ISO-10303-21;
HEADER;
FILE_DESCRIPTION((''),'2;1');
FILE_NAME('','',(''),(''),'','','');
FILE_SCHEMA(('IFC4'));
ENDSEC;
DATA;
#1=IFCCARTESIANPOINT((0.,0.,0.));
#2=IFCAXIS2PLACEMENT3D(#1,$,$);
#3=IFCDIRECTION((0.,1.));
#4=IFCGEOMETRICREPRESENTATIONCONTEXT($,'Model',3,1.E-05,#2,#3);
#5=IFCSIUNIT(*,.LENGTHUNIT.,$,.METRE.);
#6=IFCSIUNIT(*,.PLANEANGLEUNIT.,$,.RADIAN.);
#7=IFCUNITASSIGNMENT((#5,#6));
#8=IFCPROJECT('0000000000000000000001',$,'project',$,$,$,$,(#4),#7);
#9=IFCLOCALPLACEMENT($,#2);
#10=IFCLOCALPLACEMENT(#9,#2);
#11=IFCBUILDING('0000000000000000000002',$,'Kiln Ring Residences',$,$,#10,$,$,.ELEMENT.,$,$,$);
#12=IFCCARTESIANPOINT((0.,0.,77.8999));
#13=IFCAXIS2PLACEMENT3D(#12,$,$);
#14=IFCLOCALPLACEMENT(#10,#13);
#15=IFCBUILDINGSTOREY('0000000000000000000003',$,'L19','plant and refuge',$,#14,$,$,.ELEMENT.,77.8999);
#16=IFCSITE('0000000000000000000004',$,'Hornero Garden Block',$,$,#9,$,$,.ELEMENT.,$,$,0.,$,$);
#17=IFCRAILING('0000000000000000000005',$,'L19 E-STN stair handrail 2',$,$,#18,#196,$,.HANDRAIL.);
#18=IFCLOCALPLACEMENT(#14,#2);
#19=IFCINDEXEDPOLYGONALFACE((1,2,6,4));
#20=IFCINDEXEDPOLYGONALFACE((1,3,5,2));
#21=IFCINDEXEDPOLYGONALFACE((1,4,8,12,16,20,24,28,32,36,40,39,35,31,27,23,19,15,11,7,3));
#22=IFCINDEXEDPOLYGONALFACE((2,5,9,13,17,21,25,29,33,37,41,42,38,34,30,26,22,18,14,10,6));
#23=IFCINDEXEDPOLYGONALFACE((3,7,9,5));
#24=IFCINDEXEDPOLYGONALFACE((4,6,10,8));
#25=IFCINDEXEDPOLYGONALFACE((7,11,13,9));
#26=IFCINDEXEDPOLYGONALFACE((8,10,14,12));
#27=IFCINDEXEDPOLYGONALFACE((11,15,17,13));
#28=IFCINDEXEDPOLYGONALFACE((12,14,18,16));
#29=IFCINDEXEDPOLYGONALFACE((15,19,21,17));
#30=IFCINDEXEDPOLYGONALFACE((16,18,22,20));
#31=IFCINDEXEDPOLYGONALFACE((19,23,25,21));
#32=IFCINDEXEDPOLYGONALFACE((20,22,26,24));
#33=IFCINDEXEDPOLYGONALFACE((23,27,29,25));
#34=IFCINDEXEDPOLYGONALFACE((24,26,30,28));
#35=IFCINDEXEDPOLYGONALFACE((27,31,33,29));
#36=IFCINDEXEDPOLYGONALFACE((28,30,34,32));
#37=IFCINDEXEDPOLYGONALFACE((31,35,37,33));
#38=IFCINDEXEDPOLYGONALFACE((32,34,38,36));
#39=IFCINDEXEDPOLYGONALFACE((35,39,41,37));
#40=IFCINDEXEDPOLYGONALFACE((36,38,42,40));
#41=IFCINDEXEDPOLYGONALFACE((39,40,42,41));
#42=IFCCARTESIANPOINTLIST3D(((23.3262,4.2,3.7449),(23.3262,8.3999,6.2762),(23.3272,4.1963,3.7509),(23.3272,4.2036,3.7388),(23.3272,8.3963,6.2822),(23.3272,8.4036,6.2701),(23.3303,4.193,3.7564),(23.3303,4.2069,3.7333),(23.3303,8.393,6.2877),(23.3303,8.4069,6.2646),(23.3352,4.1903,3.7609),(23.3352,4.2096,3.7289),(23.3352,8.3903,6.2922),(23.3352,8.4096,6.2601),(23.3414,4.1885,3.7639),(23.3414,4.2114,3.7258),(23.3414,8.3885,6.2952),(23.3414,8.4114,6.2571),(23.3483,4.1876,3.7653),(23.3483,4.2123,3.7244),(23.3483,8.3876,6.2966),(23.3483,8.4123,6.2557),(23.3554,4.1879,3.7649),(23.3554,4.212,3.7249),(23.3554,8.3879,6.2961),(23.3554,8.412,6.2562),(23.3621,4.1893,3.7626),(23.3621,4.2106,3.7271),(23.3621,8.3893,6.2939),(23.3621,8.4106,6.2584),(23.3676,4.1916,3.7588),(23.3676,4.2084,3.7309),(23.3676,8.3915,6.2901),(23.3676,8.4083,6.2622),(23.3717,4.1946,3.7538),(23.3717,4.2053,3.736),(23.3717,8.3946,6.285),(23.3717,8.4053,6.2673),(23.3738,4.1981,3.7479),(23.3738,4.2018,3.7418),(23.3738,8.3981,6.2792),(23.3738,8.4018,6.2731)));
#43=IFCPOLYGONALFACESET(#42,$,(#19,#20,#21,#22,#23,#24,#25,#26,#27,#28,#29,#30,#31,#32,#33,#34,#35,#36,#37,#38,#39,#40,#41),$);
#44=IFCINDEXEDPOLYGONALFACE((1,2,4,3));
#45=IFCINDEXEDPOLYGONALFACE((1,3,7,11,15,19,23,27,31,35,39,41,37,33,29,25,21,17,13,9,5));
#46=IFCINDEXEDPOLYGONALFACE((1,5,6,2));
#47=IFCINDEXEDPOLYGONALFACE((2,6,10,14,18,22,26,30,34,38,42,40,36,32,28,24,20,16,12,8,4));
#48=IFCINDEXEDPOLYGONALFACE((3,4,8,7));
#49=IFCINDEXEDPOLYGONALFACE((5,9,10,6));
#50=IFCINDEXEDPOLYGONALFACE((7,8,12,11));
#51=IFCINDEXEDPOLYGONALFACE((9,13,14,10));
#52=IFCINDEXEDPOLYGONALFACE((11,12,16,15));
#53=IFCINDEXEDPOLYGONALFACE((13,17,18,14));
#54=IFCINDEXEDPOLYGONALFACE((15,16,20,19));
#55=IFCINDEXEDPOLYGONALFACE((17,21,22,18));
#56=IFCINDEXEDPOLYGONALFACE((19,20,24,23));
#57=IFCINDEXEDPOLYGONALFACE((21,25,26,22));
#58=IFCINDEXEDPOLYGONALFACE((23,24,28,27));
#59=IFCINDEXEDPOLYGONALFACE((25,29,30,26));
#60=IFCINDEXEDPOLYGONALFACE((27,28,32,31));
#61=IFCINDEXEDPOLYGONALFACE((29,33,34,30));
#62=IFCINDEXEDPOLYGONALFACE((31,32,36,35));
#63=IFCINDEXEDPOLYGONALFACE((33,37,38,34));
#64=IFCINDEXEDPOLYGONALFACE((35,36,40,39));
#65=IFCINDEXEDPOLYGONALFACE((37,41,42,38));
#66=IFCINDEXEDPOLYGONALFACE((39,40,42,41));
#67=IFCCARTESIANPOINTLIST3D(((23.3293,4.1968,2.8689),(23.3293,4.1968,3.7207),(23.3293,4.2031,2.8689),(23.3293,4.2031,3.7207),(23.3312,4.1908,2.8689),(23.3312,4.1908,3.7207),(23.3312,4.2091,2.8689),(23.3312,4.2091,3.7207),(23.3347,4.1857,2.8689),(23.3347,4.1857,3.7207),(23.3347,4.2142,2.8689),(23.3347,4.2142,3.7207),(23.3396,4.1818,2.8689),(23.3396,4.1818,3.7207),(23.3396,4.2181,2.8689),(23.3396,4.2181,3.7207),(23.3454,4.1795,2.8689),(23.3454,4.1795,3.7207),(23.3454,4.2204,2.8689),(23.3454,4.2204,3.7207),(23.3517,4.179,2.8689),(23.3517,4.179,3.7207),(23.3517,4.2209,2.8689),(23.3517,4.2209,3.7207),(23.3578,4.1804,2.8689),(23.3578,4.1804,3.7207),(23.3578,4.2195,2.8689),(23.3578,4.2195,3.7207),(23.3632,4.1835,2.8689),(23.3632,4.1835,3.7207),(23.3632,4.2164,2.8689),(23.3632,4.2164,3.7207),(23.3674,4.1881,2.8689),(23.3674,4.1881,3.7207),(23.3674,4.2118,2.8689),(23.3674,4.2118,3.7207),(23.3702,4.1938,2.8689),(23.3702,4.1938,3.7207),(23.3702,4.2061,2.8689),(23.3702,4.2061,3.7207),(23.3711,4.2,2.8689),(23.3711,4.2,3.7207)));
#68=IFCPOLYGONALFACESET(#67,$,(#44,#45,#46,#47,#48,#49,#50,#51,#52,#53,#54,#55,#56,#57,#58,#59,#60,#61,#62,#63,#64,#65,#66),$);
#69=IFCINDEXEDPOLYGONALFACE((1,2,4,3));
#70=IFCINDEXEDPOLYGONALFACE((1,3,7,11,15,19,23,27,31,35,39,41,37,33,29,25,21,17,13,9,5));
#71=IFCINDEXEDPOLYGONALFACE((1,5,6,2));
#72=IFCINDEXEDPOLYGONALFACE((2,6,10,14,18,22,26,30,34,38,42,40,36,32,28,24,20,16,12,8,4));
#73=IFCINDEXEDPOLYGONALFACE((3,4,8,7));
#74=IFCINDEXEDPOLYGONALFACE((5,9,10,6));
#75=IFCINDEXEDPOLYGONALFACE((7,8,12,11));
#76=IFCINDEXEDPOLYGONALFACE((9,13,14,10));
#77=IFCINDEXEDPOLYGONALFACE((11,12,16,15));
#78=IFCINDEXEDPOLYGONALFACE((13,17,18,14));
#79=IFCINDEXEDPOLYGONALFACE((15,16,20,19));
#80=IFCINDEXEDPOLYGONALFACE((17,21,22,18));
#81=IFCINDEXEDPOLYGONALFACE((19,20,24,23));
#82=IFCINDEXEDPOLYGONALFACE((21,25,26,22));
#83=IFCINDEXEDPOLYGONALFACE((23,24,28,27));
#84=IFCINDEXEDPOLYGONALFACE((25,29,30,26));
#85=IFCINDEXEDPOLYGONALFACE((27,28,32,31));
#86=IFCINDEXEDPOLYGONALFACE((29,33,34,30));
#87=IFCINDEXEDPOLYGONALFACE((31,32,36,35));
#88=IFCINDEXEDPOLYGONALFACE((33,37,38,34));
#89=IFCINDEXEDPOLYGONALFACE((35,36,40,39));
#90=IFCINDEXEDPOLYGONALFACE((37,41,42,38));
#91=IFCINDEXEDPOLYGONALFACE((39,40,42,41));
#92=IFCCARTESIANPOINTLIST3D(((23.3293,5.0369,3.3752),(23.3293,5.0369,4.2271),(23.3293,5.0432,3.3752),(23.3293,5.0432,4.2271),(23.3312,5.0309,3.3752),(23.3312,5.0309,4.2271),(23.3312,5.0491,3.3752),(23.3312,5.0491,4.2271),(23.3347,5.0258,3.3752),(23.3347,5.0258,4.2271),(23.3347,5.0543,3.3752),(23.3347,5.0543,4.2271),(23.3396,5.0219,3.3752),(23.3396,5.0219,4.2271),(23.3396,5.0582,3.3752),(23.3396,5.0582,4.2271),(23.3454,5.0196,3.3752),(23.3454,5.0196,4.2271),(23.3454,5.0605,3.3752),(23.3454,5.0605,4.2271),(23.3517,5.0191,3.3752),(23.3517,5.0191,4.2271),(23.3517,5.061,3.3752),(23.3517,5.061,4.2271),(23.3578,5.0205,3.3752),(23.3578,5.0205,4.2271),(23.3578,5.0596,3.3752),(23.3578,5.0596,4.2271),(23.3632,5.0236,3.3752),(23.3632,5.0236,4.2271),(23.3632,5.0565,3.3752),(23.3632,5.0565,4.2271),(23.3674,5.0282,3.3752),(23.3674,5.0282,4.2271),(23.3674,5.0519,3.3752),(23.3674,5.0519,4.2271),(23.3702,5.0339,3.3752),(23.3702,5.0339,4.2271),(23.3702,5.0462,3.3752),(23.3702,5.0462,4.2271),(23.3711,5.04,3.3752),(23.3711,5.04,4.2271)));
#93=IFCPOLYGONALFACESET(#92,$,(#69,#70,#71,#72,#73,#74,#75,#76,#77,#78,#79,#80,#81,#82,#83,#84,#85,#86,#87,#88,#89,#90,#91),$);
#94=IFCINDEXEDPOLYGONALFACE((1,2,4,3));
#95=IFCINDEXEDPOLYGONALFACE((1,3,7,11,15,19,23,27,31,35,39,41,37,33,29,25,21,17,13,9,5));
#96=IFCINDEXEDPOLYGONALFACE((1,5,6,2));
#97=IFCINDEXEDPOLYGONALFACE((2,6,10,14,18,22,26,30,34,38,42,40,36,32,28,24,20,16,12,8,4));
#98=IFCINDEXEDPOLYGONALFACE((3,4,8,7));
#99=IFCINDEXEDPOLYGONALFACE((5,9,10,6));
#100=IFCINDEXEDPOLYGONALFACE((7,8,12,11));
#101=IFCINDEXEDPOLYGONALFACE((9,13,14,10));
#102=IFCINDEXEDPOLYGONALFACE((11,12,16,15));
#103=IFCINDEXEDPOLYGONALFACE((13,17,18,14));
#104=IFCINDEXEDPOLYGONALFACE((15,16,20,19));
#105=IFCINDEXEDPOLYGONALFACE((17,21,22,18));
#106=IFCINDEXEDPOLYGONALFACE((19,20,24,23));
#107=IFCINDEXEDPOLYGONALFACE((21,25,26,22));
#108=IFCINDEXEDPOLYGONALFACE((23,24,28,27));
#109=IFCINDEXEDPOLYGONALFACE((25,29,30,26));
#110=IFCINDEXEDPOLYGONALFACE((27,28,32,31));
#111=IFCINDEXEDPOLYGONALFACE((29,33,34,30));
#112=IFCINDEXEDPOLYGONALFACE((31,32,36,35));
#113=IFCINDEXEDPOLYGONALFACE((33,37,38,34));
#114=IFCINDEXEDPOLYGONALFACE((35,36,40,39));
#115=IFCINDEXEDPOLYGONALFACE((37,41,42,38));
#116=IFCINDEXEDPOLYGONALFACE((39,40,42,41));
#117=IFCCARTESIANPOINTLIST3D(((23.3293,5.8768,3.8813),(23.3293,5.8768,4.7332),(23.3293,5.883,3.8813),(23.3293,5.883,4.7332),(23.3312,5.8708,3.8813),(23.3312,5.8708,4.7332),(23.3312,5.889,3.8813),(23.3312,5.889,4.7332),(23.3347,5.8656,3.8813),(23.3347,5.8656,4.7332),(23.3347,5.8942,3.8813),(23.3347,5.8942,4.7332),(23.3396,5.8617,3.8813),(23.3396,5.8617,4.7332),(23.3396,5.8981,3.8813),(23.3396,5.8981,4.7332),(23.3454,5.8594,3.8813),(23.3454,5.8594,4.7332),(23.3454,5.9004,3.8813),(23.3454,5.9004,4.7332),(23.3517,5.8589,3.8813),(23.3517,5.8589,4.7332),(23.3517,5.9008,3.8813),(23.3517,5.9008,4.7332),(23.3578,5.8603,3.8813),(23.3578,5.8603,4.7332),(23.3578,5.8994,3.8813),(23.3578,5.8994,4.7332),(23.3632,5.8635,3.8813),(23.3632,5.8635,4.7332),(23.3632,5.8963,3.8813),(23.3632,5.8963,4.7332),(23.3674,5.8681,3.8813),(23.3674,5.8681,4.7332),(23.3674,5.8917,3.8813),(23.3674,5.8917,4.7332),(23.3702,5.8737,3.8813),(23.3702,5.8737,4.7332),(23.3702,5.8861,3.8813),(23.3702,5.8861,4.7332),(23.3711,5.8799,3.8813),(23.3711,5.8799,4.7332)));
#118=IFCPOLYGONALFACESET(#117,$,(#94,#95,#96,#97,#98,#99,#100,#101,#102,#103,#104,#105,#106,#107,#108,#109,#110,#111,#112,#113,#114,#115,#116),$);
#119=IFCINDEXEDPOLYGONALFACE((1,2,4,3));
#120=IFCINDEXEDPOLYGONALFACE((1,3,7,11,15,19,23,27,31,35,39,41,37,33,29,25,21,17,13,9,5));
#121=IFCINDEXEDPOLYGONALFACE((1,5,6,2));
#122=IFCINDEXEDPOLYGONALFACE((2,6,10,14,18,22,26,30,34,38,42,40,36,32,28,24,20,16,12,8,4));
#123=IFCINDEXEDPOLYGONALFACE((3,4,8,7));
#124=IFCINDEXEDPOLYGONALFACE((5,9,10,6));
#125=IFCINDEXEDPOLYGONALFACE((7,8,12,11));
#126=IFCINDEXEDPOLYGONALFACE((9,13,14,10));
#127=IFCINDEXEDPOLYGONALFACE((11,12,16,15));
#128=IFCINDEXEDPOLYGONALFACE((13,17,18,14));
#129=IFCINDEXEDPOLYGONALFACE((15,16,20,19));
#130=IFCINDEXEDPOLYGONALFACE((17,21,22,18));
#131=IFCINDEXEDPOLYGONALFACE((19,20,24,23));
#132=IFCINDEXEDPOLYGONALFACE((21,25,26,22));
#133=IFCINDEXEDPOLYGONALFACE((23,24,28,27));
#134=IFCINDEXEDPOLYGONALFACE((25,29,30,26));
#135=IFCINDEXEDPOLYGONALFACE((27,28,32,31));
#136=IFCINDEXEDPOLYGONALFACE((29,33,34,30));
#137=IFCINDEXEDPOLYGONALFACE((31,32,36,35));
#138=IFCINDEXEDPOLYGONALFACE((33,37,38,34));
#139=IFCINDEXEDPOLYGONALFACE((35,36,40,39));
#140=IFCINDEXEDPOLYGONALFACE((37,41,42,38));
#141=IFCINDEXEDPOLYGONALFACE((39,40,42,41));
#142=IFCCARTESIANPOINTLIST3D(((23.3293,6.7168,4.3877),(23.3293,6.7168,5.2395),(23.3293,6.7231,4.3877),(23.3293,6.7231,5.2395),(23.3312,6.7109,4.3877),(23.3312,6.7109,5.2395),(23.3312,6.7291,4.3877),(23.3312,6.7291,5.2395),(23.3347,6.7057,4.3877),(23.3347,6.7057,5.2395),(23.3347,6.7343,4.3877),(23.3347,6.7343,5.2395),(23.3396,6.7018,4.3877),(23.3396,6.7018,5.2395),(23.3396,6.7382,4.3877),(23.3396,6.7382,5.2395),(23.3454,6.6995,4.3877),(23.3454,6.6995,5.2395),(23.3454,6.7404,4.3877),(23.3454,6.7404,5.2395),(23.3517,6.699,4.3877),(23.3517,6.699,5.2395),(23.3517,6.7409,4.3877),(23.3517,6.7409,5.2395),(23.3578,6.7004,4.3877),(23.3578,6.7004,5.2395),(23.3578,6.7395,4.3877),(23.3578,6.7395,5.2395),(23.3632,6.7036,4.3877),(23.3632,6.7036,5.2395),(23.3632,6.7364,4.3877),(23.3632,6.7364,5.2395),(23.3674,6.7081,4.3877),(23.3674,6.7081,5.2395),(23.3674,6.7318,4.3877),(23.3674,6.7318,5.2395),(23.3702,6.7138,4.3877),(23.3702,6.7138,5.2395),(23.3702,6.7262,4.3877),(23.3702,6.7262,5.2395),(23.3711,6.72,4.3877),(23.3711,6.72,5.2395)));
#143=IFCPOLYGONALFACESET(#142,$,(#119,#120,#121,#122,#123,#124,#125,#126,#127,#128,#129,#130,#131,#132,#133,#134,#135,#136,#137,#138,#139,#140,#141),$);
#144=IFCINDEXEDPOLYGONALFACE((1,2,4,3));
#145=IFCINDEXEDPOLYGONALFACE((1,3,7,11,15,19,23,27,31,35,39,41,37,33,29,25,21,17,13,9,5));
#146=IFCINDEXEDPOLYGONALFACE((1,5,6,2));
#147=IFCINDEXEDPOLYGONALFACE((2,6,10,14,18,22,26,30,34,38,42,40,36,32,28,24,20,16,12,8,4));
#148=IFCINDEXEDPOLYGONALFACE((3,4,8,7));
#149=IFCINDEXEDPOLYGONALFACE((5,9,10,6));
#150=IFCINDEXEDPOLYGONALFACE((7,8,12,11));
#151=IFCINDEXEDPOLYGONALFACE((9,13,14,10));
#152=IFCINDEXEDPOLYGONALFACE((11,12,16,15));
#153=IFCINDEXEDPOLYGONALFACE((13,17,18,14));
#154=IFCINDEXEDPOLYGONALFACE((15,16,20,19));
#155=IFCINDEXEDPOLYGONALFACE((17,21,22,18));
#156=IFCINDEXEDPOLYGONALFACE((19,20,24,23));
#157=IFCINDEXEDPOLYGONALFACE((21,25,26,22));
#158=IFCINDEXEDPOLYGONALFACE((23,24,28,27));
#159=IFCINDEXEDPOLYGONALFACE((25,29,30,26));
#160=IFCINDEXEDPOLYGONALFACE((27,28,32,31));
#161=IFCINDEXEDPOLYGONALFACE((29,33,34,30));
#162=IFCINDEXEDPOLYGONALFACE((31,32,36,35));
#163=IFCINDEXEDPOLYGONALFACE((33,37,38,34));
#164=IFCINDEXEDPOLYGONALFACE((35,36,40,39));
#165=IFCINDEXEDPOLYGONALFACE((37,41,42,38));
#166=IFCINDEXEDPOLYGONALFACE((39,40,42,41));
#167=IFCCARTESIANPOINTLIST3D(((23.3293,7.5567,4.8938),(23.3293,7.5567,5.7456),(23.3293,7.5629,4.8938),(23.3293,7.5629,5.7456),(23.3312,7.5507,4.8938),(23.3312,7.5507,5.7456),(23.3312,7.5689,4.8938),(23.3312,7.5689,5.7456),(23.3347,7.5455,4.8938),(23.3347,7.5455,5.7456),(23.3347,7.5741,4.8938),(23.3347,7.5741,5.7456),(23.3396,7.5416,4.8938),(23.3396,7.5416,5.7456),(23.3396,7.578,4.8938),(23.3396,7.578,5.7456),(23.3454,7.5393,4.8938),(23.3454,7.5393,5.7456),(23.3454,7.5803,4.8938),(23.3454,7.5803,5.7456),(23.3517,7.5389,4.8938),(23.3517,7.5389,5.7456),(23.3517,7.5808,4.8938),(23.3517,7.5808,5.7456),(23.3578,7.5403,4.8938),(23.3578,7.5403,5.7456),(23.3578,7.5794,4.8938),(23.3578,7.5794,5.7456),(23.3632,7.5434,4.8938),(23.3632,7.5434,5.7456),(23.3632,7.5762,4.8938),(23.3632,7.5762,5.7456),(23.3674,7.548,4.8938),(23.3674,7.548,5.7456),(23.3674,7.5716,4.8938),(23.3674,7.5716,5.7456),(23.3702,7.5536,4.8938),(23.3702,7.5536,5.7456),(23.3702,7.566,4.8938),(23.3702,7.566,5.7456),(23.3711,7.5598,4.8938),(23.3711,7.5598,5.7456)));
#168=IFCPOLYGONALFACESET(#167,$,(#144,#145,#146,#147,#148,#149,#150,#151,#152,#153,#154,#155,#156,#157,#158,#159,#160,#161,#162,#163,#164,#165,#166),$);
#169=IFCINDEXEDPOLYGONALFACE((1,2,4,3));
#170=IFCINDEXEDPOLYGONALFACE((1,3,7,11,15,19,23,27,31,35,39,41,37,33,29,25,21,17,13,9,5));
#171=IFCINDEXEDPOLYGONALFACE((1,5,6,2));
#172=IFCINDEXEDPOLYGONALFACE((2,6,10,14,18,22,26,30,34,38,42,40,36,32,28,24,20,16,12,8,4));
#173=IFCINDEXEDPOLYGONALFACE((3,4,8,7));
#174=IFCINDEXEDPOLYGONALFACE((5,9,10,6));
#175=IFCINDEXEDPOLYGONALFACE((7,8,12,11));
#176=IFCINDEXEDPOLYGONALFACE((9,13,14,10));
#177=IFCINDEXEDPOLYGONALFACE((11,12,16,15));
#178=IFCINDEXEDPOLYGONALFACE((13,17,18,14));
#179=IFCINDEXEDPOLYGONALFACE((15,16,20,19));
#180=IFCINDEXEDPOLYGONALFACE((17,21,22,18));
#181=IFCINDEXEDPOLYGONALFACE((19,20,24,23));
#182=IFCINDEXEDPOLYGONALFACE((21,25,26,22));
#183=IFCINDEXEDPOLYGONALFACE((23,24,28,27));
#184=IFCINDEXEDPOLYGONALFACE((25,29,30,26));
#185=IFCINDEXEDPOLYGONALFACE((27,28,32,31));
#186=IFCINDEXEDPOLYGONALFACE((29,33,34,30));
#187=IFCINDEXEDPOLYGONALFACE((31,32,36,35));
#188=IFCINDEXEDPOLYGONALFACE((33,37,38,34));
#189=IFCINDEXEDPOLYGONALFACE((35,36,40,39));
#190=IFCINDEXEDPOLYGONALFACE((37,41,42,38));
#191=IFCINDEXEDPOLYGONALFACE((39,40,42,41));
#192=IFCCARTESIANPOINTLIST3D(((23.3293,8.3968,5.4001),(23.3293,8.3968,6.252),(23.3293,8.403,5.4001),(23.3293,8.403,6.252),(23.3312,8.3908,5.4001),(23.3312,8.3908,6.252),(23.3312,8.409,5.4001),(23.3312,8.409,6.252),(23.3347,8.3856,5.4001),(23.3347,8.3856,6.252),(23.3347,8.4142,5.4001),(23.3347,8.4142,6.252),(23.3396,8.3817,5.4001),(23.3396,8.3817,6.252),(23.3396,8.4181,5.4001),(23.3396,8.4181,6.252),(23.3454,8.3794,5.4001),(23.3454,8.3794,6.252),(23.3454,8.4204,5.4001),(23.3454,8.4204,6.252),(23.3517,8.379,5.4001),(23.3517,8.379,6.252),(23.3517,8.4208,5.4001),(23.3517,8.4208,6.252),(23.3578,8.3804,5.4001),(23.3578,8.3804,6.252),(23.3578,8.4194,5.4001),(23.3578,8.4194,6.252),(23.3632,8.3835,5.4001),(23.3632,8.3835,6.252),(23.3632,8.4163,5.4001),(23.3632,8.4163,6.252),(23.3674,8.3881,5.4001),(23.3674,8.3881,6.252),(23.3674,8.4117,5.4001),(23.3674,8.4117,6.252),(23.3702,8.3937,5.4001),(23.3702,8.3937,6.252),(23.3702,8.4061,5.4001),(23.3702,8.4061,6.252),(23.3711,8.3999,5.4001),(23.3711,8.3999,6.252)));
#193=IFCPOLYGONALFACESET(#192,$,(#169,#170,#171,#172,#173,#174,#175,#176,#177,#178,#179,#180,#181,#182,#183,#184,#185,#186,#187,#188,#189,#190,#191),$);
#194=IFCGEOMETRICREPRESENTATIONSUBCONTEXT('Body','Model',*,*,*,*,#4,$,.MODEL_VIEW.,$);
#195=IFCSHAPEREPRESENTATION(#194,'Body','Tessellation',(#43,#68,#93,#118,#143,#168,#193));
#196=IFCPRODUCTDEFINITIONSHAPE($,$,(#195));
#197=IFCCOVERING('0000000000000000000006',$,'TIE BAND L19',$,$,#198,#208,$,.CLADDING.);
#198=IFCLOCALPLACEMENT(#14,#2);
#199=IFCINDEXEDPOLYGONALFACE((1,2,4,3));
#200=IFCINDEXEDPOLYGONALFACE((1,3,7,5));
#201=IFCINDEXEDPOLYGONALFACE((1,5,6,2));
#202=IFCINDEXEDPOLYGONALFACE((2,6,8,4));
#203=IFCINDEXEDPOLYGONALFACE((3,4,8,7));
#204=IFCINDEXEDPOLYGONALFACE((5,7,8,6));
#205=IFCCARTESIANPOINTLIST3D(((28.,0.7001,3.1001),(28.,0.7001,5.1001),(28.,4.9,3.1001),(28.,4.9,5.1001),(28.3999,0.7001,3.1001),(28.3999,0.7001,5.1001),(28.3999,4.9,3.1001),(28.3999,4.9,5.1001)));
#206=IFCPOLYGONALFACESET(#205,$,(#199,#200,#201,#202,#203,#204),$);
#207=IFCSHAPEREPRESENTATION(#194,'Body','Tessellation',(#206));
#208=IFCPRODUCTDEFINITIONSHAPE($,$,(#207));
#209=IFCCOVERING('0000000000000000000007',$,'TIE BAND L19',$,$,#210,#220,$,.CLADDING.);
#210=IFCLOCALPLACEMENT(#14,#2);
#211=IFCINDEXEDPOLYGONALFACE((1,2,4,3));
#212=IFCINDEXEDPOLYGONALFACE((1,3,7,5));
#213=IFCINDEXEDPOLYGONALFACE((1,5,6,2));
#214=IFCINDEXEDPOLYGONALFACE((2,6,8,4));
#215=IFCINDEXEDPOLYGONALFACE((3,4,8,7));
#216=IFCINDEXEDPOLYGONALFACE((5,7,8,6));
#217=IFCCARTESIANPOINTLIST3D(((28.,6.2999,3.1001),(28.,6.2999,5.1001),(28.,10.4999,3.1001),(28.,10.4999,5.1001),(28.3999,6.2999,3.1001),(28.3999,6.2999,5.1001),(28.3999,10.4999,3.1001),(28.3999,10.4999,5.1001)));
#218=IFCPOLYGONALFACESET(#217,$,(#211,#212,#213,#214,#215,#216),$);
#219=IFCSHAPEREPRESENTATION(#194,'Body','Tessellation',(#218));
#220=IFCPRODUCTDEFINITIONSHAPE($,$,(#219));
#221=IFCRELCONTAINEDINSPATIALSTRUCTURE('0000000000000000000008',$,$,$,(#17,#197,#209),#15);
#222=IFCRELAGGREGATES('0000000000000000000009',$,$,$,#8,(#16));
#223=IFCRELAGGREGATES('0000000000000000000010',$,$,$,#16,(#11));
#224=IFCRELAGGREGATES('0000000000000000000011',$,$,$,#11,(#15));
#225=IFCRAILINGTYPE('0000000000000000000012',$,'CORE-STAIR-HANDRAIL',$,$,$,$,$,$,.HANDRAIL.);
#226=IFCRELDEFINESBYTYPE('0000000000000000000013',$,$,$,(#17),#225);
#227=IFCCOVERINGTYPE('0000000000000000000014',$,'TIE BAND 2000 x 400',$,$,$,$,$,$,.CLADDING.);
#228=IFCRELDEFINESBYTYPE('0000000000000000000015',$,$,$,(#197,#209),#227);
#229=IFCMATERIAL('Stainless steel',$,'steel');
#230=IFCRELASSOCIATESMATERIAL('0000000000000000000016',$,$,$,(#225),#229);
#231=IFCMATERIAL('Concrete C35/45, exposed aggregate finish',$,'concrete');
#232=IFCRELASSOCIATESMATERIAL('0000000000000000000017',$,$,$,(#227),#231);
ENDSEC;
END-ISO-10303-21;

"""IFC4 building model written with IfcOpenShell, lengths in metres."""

from ifc_helpers import new_model, si_unit, direction, frame, origin, origin_2d, place, context, subcontext, project, spatial, rectangle, circle, extrude, material, type_object, element, save


model = new_model("IFC4")

# Units and contexts
model_context = context("Model", 3, precision=1e-05, world=origin(), true_north=direction((0.0, 1.0)))
body_context = subcontext(model_context, "Body", "Model", "MODEL_VIEW")
ifc_project = project(units=[si_unit("LENGTHUNIT", "METRE"), si_unit("PLANEANGLEUNIT", "RADIAN")], contexts=[model_context])

# Site, building, storey
site_placement = place(None, origin())
site = spatial("IfcSite", under=ifc_project, at=site_placement, Name="Hornero Garden Block", CompositionType="ELEMENT", RefElevation=0.0)
building_placement = place(site_placement, origin())
building = spatial("IfcBuilding", under=site, at=building_placement, Name="Kiln Ring Residences", CompositionType="ELEMENT")
storey_placement = place(building_placement, frame((0.0, 0.0, 77.8999)))
storey = spatial("IfcBuildingStorey", under=building, at=storey_placement, Name="L19", Description="plant and refuge", CompositionType="ELEMENT", Elevation=77.8999)

# Railing
ifc_material_1 = material(Name="Stainless steel", Category="steel")
railing_type_1 = type_object("IfcRailingType", Name="CORE-STAIR-HANDRAIL", PredefinedType="HANDRAIL", material=ifc_material_1)
railing_1_placement = place(storey_placement, frame((23.3501, 4.2, 2.8689)))
element("IfcRailing", 1, at=railing_1_placement, inside=storey, type_object=railing_type_1, Name="L19 E-STN stair handrail 2", PredefinedType="HANDRAIL", context=body_context, shape_type="SweptSolid", body=[
    extrude(circle(Radius=0.0239, at=origin_2d()), frame((0.0, 0.0, 0.876), z_axis=(0.0, 0.856476, 0.516186), x_axis=(-1.0, 0.0, 0.0)), (0.0, 0.0, 1.0), 4.9038),
    extrude(circle(Radius=0.021, at=origin_2d()), origin(), (0.0, 0.0, 1.0), 0.8518),
    extrude(circle(Radius=0.021, at=origin_2d()), frame((0.0, 0.8401, 0.5063)), (0.0, 0.0, 1.0), 0.8518),
    extrude(circle(Radius=0.021, at=origin_2d()), frame((0.0, 1.6799, 1.0125)), (0.0, 0.0, 1.0), 0.8518),
    extrude(circle(Radius=0.021, at=origin_2d()), frame((0.0, 2.52, 1.5188)), (0.0, 0.0, 1.0), 0.8518),
    extrude(circle(Radius=0.021, at=origin_2d()), frame((0.0, 3.3599, 2.0249)), (0.0, 0.0, 1.0), 0.8518),
    extrude(circle(Radius=0.021, at=origin_2d()), frame((0.0, 4.2, 2.5312)), (0.0, 0.0, 1.0), 0.8518),
])

# Coverings
ifc_material_2 = material(Name="Concrete C35/45, exposed aggregate finish", Category="concrete")
covering_type = type_object("IfcCoveringType", Name="TIE BAND 2000 x 400", PredefinedType="CLADDING", material=ifc_material_2)
for number, where, z_axis, x_axis, name in (
    (2, (28.2, 2.8, 3.1001), (0.0, 0.0, 1.0), (0.0, 1.0, 0.0), "TIE BAND L19"),
    (3, (28.2, 8.3999, 3.1001), (0.0, 0.0, 1.0), (0.0, 1.0, 0.0), "TIE BAND L19"),
):
    element("IfcCovering", number, at=place(storey_placement, frame(where, z_axis=z_axis, x_axis=x_axis)), inside=storey, type_object=covering_type, Name=name, PredefinedType="CLADDING", context=body_context, shape_type="SweptSolid", body=[
        extrude(rectangle(XDim=4.2, YDim=0.3999, at=origin_2d()), origin(), (0.0, 0.0, 1.0), 2.0),
    ])

save(model, "model.ifc")
